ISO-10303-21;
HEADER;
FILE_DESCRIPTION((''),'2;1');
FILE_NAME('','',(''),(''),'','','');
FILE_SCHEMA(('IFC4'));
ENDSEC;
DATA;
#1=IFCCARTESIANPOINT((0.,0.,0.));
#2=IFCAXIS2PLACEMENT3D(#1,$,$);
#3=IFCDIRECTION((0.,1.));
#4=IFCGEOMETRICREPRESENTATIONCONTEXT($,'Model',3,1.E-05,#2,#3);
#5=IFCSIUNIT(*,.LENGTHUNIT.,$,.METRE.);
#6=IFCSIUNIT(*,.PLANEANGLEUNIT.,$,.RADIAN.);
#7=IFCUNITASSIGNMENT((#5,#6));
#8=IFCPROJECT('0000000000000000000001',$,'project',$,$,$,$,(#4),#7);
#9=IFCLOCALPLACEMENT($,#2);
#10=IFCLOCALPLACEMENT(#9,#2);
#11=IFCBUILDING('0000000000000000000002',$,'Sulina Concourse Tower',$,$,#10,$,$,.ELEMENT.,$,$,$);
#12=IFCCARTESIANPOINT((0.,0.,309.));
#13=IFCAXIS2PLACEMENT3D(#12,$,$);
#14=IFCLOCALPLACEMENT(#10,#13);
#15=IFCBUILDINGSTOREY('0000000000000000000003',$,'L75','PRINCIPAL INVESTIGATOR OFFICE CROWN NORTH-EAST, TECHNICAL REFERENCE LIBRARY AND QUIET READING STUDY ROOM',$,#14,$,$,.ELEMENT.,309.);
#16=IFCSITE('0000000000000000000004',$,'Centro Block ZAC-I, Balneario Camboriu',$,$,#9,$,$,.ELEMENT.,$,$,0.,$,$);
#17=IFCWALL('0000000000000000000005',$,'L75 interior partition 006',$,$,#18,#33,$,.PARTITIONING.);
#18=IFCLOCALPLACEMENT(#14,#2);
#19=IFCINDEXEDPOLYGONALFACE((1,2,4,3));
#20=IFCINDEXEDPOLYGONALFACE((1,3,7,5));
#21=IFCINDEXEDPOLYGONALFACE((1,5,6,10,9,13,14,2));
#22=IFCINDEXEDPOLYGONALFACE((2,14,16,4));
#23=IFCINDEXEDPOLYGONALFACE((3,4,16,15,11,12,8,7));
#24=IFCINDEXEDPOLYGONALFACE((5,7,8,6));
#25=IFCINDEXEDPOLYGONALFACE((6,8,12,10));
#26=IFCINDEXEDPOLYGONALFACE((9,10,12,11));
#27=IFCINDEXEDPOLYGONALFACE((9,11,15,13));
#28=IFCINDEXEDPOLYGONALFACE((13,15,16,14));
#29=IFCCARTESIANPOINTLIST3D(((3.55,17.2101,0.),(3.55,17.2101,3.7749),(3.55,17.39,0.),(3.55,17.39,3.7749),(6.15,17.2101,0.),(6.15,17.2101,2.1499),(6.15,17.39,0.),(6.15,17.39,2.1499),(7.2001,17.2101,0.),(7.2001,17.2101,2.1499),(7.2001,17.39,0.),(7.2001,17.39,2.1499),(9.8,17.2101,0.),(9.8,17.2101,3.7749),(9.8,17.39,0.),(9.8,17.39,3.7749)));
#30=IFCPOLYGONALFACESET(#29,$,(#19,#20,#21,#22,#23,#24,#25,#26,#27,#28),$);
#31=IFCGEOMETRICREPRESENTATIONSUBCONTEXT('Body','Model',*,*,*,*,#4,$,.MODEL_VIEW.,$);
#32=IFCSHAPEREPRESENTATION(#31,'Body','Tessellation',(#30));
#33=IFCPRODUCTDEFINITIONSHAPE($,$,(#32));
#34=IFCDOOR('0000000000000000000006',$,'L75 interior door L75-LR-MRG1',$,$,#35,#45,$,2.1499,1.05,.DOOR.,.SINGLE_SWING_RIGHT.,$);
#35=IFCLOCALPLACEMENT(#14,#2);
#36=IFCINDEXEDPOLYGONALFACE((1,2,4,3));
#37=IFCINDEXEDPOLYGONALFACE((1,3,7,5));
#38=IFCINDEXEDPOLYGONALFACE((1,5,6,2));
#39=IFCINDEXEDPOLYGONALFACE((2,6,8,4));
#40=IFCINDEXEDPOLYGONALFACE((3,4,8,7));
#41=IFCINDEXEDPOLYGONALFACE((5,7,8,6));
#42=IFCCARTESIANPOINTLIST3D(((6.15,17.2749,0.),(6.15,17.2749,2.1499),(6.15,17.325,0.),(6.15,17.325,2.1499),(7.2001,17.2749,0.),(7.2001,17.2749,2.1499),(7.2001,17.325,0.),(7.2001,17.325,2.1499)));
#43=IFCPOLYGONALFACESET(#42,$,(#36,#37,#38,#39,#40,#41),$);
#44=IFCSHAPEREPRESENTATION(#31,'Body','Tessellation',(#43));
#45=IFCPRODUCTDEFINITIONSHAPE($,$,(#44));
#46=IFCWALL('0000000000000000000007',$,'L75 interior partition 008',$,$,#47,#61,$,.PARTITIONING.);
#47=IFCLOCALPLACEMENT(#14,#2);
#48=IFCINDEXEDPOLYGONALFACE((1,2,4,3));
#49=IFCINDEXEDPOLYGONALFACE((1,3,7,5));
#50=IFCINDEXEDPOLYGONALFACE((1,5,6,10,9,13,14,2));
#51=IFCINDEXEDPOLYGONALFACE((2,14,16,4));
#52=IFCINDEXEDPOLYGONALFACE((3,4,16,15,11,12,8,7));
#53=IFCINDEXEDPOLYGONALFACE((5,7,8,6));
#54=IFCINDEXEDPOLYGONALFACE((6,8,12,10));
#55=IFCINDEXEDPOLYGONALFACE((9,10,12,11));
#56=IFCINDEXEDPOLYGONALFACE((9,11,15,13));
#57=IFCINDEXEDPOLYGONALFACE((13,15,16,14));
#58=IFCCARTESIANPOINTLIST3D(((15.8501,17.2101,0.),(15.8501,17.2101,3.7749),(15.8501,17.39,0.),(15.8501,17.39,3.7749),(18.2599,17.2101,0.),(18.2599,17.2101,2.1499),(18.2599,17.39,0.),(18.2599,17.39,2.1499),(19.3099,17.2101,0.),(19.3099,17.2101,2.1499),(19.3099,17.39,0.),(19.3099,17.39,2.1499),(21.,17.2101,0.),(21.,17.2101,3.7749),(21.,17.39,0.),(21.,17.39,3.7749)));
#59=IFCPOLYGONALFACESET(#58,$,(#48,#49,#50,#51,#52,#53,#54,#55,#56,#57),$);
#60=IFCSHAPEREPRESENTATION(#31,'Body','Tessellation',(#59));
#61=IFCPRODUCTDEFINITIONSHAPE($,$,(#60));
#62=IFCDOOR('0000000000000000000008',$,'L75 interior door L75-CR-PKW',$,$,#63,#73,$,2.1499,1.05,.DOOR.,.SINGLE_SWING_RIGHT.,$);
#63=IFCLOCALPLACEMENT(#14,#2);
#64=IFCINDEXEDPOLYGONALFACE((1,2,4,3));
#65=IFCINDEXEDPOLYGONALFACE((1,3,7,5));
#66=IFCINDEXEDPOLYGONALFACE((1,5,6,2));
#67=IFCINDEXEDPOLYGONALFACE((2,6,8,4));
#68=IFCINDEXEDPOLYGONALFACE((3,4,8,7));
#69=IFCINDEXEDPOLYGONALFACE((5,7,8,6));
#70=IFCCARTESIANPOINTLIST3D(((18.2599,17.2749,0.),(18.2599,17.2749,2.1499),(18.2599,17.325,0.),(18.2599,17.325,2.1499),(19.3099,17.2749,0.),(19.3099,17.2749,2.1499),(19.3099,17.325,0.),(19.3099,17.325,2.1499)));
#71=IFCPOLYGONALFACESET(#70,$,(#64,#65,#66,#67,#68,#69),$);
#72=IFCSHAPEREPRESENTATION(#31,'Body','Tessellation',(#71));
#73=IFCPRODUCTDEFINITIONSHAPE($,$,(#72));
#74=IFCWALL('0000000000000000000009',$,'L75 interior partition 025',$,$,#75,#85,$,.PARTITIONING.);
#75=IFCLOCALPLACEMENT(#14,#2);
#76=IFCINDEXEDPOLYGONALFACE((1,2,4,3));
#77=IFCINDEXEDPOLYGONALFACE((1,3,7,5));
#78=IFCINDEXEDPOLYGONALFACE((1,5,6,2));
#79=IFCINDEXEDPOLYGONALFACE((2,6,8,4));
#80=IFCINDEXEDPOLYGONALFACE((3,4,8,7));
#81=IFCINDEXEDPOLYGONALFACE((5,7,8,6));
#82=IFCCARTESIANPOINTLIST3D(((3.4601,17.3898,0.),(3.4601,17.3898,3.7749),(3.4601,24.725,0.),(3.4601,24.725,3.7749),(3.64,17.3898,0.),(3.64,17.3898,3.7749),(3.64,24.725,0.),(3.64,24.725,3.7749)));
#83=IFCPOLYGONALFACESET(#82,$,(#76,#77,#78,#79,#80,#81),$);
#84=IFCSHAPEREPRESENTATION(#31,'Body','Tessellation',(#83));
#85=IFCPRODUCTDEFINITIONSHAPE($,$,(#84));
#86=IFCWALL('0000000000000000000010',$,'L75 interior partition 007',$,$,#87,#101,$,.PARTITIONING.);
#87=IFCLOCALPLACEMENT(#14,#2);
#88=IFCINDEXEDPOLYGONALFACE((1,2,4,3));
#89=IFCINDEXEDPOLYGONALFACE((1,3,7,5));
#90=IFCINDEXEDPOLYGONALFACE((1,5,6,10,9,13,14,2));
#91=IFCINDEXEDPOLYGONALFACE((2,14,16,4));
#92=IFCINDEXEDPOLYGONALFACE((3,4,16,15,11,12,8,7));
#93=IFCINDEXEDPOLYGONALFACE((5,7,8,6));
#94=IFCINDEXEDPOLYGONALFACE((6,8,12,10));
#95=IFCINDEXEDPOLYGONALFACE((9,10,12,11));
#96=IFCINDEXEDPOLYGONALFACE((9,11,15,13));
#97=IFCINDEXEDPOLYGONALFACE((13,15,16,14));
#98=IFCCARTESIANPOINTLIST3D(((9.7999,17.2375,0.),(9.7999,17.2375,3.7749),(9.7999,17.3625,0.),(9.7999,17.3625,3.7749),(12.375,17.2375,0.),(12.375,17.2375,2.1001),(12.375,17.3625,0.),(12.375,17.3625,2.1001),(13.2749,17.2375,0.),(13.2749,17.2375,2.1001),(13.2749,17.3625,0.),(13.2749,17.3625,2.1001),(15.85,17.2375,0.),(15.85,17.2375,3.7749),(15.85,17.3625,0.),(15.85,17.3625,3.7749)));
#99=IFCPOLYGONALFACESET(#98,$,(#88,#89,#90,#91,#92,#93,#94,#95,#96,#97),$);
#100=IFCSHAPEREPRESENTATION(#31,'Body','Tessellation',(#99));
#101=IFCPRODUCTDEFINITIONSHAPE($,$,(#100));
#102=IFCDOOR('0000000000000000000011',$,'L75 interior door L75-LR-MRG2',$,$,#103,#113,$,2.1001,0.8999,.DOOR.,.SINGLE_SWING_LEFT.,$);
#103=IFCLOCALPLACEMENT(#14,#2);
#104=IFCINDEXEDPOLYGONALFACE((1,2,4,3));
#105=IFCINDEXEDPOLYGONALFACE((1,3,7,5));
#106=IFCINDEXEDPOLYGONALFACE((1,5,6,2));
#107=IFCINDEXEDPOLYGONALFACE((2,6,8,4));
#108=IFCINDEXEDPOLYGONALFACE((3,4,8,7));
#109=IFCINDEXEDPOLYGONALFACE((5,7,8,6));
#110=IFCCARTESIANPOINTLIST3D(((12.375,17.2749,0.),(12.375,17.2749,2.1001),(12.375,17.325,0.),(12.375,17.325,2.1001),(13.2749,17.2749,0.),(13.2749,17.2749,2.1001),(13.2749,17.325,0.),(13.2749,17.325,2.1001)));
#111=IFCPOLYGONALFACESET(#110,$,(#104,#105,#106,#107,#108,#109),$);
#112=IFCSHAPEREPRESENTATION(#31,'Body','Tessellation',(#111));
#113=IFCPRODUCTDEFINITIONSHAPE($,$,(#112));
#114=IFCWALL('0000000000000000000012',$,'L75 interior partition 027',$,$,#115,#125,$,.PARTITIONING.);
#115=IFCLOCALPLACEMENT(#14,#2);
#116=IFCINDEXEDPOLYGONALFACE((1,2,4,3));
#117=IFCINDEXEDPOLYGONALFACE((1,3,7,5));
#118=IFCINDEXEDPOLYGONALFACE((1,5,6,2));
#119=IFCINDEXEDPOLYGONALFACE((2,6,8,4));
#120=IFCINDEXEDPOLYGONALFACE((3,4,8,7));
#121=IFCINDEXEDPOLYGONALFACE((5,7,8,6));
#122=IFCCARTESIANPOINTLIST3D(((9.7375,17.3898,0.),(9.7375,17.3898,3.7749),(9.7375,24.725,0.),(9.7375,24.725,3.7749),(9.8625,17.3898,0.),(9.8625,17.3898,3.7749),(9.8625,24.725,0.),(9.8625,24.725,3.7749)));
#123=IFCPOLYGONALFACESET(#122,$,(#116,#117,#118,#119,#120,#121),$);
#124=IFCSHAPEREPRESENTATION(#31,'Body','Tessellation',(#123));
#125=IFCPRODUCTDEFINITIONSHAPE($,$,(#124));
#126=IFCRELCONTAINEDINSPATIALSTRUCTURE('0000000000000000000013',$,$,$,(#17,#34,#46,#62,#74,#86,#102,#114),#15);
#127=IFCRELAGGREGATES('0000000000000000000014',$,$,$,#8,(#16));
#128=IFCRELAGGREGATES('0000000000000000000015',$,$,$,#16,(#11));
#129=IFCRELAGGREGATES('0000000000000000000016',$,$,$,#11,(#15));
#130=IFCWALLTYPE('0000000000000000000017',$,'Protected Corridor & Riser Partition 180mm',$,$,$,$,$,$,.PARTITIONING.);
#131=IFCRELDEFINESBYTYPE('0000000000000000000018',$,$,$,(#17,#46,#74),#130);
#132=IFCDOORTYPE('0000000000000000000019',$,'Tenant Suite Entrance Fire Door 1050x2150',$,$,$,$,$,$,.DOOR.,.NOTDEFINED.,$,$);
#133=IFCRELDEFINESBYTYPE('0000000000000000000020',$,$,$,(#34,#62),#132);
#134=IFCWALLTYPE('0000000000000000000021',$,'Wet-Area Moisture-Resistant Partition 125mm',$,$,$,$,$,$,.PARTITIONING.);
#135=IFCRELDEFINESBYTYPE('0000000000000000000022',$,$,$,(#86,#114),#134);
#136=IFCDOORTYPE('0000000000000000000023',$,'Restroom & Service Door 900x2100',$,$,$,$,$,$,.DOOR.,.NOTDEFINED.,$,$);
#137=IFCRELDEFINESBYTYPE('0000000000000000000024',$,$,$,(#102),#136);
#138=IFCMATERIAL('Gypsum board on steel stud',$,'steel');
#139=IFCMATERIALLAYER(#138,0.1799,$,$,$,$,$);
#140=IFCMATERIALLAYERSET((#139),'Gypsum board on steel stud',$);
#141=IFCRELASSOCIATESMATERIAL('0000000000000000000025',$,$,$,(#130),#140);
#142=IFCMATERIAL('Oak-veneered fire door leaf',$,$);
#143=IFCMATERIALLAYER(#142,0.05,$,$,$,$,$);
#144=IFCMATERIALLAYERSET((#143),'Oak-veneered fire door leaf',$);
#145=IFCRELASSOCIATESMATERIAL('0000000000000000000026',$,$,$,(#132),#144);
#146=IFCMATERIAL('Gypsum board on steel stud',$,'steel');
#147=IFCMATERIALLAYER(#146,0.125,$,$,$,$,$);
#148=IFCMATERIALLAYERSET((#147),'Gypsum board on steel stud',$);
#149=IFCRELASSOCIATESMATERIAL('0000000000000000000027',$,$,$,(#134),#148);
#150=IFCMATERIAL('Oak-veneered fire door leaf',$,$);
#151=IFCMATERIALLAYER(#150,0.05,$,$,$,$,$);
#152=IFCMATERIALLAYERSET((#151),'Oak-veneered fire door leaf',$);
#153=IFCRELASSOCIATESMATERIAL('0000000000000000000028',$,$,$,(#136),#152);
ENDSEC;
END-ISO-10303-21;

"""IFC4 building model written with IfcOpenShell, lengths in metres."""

from ifc_helpers import new_model, si_unit, direction, frame, frame_2d, origin, place, context, subcontext, project, spatial, rectangle, extrude, material, layer, layer_set, type_object, element, fill, save


model = new_model("IFC4")

# Units and contexts
model_context = context("Model", 3, precision=1e-05, world=origin(), true_north=direction((0.0, 1.0)))
body_context = subcontext(model_context, "Body", "Model", "MODEL_VIEW")
ifc_project = project(units=[si_unit("LENGTHUNIT", "METRE"), si_unit("PLANEANGLEUNIT", "RADIAN")], contexts=[model_context])

# Site, building, storey
site_placement = place(None, origin())
site = spatial("IfcSite", under=ifc_project, at=site_placement, Name="Centro Block ZAC-I, Balneario Camboriu", CompositionType="ELEMENT", RefElevation=0.0)
building_placement = place(site_placement, origin())
building = spatial("IfcBuilding", under=site, at=building_placement, Name="Sulina Concourse Tower", CompositionType="ELEMENT")
storey_placement = place(building_placement, frame((0.0, 0.0, 309.0)))
storey = spatial("IfcBuildingStorey", under=building, at=storey_placement, Name="L75", Description="PRINCIPAL INVESTIGATOR OFFICE CROWN NORTH-EAST, TECHNICAL REFERENCE LIBRARY AND QUIET READING STUDY ROOM", CompositionType="ELEMENT", Elevation=309.0)

# Walls, openings, doors
ifc_material_1 = material(Name="Gypsum board on steel stud", Category="steel")
ifc_layer_1 = layer(ifc_material_1, 0.1799)
ifc_layer_set_1 = layer_set([ifc_layer_1], Name="Gypsum board on steel stud")
wall_type_1 = type_object("IfcWallType", Name="Protected Corridor & Riser Partition 180mm", PredefinedType="PARTITIONING", material=ifc_layer_set_1)
ifc_material_2 = material(Name="Oak-veneered fire door leaf")
ifc_layer_2 = layer(ifc_material_2, 0.05)
ifc_layer_set_2 = layer_set([ifc_layer_2], Name="Oak-veneered fire door leaf")
door_type_1 = type_object("IfcDoorType", Name="Tenant Suite Entrance Fire Door 1050x2150", OperationType="NOTDEFINED", PredefinedType="DOOR", material=ifc_layer_set_2)
wall_1_placement = place(storey_placement, frame((3.55, 17.3, 0.0), z_axis=(0.0, 0.0, 1.0), x_axis=(1.0, 0.0, 0.0)))
wall_1 = element("IfcWall", 1, at=wall_1_placement, inside=storey, type_object=wall_type_1, Name="L75 interior partition 006", PredefinedType="PARTITIONING", context=body_context, shape_type="SweptSolid", body=[
    extrude(rectangle(XDim=6.25, YDim=0.1799, at=frame_2d((3.125, 0.0))), origin(), (0.0, 0.0, 1.0), 3.7749),
])
opening_1_placement = place(wall_1_placement, frame((2.6001, 0.0, 0.0)))
opening_1 = element("IfcOpeningElement", 2, at=opening_1_placement, cuts=wall_1, PredefinedType="OPENING", context=body_context, shape_type="SweptSolid", body=[
    extrude(rectangle(XDim=1.05, YDim=2.1499, at=frame_2d((0.5249, 1.075))), frame((0.0, 0.0999, 0.0), z_axis=(0.0, -1.0, 0.0), x_axis=(1.0, 0.0, 0.0)), (0.0, 0.0, 1.0), 0.2),
])
door_1_placement = place(opening_1_placement, origin())
door_1 = element("IfcDoor", 3, at=door_1_placement, inside=storey, type_object=door_type_1, Name="L75 interior door L75-LR-MRG1", OperationType="SINGLE_SWING_RIGHT", OverallHeight=2.1499, OverallWidth=1.05, PredefinedType="DOOR", context=body_context, shape_type="SweptSolid", body=[
    extrude(rectangle(XDim=1.05, YDim=2.1499, at=frame_2d((0.5249, 1.075))), frame((0.0, 0.0249, 0.0), z_axis=(0.0, -1.0, 0.0), x_axis=(1.0, 0.0, 0.0)), (0.0, 0.0, 1.0), 0.05),
])
fill(opening_1, door_1)
wall_2_placement = place(storey_placement, frame((15.8501, 17.3, 0.0), z_axis=(0.0, 0.0, 1.0), x_axis=(1.0, 0.0, 0.0)))
wall_2 = element("IfcWall", 4, at=wall_2_placement, inside=storey, type_object=wall_type_1, Name="L75 interior partition 008", PredefinedType="PARTITIONING", context=body_context, shape_type="SweptSolid", body=[
    extrude(rectangle(XDim=5.1499, YDim=0.1799, at=frame_2d((2.575, 0.0))), origin(), (0.0, 0.0, 1.0), 3.7749),
])
opening_2_placement = place(wall_2_placement, frame((2.4099, 0.0, 0.0)))
opening_2 = element("IfcOpeningElement", 5, at=opening_2_placement, cuts=wall_2, PredefinedType="OPENING", context=body_context, shape_type="SweptSolid", body=[
    extrude(rectangle(XDim=1.05, YDim=2.1499, at=frame_2d((0.5249, 1.075))), frame((0.0, 0.0999, 0.0), z_axis=(0.0, -1.0, 0.0), x_axis=(1.0, 0.0, 0.0)), (0.0, 0.0, 1.0), 0.2),
])
door_2_placement = place(opening_2_placement, origin())
door_2 = element("IfcDoor", 6, at=door_2_placement, inside=storey, type_object=door_type_1, Name="L75 interior door L75-CR-PKW", OperationType="SINGLE_SWING_RIGHT", OverallHeight=2.1499, OverallWidth=1.05, PredefinedType="DOOR", context=body_context, shape_type="SweptSolid", body=[
    extrude(rectangle(XDim=1.05, YDim=2.1499, at=frame_2d((0.5249, 1.075))), frame((0.0, 0.0249, 0.0), z_axis=(0.0, -1.0, 0.0), x_axis=(1.0, 0.0, 0.0)), (0.0, 0.0, 1.0), 0.05),
])
fill(opening_2, door_2)

# Wall
wall_3_placement = place(storey_placement, frame((3.55, 17.3899, 0.0), z_axis=(0.0, 0.0, 1.0), x_axis=(0.0, 1.0, 0.0)))
element("IfcWall", 7, at=wall_3_placement, inside=storey, type_object=wall_type_1, Name="L75 interior partition 025", PredefinedType="PARTITIONING", context=body_context, shape_type="SweptSolid", body=[
    extrude(rectangle(XDim=7.3352, YDim=0.1799, at=frame_2d((3.6675, 0.0))), origin(), (0.0, 0.0, 1.0), 3.7749),
])

# Wall, opening, door
ifc_material_3 = material(Name="Gypsum board on steel stud", Category="steel")
ifc_layer_3 = layer(ifc_material_3, 0.125)
ifc_layer_set_3 = layer_set([ifc_layer_3], Name="Gypsum board on steel stud")
wall_type_2 = type_object("IfcWallType", Name="Wet-Area Moisture-Resistant Partition 125mm", PredefinedType="PARTITIONING", material=ifc_layer_set_3)
wall_4_placement = place(storey_placement, frame((9.8, 17.3, 0.0), z_axis=(0.0, 0.0, 1.0), x_axis=(1.0, 0.0, 0.0)))
wall_4 = element("IfcWall", 8, at=wall_4_placement, inside=storey, type_object=wall_type_2, Name="L75 interior partition 007", PredefinedType="PARTITIONING", context=body_context, shape_type="SweptSolid", body=[
    extrude(rectangle(XDim=6.05, YDim=0.125, at=frame_2d((3.0249, 0.0))), origin(), (0.0, 0.0, 1.0), 3.7749),
])
opening_3_placement = place(wall_4_placement, frame((2.575, 0.0, 0.0)))
opening_3 = element("IfcOpeningElement", 9, at=opening_3_placement, cuts=wall_4, PredefinedType="OPENING", context=body_context, shape_type="SweptSolid", body=[
    extrude(rectangle(XDim=0.8999, YDim=2.1001, at=frame_2d((0.45, 1.05))), frame((0.0, 0.0725, 0.0), z_axis=(0.0, -1.0, 0.0), x_axis=(1.0, 0.0, 0.0)), (0.0, 0.0, 1.0), 0.145),
])
ifc_material_4 = material(Name="Oak-veneered fire door leaf")
ifc_layer_4 = layer(ifc_material_4, 0.05)
ifc_layer_set_4 = layer_set([ifc_layer_4], Name="Oak-veneered fire door leaf")
door_type_2 = type_object("IfcDoorType", Name="Restroom & Service Door 900x2100", OperationType="NOTDEFINED", PredefinedType="DOOR", material=ifc_layer_set_4)
door_3_placement = place(opening_3_placement, origin())
door_3 = element("IfcDoor", 10, at=door_3_placement, inside=storey, type_object=door_type_2, Name="L75 interior door L75-LR-MRG2", OperationType="SINGLE_SWING_LEFT", OverallHeight=2.1001, OverallWidth=0.8999, PredefinedType="DOOR", context=body_context, shape_type="SweptSolid", body=[
    extrude(rectangle(XDim=0.8999, YDim=2.1001, at=frame_2d((0.45, 1.05))), frame((0.0, 0.0249, 0.0), z_axis=(0.0, -1.0, 0.0), x_axis=(1.0, 0.0, 0.0)), (0.0, 0.0, 1.0), 0.05),
])
fill(opening_3, door_3)

# Wall
wall_5_placement = place(storey_placement, frame((9.8, 17.3899, 0.0), z_axis=(0.0, 0.0, 1.0), x_axis=(0.0, 1.0, 0.0)))
element("IfcWall", 11, at=wall_5_placement, inside=storey, type_object=wall_type_2, Name="L75 interior partition 027", PredefinedType="PARTITIONING", context=body_context, shape_type="SweptSolid", body=[
    extrude(rectangle(XDim=7.3352, YDim=0.125, at=frame_2d((3.6675, 0.0))), origin(), (0.0, 0.0, 1.0), 3.7749),
])

save(model, "model.ifc")
